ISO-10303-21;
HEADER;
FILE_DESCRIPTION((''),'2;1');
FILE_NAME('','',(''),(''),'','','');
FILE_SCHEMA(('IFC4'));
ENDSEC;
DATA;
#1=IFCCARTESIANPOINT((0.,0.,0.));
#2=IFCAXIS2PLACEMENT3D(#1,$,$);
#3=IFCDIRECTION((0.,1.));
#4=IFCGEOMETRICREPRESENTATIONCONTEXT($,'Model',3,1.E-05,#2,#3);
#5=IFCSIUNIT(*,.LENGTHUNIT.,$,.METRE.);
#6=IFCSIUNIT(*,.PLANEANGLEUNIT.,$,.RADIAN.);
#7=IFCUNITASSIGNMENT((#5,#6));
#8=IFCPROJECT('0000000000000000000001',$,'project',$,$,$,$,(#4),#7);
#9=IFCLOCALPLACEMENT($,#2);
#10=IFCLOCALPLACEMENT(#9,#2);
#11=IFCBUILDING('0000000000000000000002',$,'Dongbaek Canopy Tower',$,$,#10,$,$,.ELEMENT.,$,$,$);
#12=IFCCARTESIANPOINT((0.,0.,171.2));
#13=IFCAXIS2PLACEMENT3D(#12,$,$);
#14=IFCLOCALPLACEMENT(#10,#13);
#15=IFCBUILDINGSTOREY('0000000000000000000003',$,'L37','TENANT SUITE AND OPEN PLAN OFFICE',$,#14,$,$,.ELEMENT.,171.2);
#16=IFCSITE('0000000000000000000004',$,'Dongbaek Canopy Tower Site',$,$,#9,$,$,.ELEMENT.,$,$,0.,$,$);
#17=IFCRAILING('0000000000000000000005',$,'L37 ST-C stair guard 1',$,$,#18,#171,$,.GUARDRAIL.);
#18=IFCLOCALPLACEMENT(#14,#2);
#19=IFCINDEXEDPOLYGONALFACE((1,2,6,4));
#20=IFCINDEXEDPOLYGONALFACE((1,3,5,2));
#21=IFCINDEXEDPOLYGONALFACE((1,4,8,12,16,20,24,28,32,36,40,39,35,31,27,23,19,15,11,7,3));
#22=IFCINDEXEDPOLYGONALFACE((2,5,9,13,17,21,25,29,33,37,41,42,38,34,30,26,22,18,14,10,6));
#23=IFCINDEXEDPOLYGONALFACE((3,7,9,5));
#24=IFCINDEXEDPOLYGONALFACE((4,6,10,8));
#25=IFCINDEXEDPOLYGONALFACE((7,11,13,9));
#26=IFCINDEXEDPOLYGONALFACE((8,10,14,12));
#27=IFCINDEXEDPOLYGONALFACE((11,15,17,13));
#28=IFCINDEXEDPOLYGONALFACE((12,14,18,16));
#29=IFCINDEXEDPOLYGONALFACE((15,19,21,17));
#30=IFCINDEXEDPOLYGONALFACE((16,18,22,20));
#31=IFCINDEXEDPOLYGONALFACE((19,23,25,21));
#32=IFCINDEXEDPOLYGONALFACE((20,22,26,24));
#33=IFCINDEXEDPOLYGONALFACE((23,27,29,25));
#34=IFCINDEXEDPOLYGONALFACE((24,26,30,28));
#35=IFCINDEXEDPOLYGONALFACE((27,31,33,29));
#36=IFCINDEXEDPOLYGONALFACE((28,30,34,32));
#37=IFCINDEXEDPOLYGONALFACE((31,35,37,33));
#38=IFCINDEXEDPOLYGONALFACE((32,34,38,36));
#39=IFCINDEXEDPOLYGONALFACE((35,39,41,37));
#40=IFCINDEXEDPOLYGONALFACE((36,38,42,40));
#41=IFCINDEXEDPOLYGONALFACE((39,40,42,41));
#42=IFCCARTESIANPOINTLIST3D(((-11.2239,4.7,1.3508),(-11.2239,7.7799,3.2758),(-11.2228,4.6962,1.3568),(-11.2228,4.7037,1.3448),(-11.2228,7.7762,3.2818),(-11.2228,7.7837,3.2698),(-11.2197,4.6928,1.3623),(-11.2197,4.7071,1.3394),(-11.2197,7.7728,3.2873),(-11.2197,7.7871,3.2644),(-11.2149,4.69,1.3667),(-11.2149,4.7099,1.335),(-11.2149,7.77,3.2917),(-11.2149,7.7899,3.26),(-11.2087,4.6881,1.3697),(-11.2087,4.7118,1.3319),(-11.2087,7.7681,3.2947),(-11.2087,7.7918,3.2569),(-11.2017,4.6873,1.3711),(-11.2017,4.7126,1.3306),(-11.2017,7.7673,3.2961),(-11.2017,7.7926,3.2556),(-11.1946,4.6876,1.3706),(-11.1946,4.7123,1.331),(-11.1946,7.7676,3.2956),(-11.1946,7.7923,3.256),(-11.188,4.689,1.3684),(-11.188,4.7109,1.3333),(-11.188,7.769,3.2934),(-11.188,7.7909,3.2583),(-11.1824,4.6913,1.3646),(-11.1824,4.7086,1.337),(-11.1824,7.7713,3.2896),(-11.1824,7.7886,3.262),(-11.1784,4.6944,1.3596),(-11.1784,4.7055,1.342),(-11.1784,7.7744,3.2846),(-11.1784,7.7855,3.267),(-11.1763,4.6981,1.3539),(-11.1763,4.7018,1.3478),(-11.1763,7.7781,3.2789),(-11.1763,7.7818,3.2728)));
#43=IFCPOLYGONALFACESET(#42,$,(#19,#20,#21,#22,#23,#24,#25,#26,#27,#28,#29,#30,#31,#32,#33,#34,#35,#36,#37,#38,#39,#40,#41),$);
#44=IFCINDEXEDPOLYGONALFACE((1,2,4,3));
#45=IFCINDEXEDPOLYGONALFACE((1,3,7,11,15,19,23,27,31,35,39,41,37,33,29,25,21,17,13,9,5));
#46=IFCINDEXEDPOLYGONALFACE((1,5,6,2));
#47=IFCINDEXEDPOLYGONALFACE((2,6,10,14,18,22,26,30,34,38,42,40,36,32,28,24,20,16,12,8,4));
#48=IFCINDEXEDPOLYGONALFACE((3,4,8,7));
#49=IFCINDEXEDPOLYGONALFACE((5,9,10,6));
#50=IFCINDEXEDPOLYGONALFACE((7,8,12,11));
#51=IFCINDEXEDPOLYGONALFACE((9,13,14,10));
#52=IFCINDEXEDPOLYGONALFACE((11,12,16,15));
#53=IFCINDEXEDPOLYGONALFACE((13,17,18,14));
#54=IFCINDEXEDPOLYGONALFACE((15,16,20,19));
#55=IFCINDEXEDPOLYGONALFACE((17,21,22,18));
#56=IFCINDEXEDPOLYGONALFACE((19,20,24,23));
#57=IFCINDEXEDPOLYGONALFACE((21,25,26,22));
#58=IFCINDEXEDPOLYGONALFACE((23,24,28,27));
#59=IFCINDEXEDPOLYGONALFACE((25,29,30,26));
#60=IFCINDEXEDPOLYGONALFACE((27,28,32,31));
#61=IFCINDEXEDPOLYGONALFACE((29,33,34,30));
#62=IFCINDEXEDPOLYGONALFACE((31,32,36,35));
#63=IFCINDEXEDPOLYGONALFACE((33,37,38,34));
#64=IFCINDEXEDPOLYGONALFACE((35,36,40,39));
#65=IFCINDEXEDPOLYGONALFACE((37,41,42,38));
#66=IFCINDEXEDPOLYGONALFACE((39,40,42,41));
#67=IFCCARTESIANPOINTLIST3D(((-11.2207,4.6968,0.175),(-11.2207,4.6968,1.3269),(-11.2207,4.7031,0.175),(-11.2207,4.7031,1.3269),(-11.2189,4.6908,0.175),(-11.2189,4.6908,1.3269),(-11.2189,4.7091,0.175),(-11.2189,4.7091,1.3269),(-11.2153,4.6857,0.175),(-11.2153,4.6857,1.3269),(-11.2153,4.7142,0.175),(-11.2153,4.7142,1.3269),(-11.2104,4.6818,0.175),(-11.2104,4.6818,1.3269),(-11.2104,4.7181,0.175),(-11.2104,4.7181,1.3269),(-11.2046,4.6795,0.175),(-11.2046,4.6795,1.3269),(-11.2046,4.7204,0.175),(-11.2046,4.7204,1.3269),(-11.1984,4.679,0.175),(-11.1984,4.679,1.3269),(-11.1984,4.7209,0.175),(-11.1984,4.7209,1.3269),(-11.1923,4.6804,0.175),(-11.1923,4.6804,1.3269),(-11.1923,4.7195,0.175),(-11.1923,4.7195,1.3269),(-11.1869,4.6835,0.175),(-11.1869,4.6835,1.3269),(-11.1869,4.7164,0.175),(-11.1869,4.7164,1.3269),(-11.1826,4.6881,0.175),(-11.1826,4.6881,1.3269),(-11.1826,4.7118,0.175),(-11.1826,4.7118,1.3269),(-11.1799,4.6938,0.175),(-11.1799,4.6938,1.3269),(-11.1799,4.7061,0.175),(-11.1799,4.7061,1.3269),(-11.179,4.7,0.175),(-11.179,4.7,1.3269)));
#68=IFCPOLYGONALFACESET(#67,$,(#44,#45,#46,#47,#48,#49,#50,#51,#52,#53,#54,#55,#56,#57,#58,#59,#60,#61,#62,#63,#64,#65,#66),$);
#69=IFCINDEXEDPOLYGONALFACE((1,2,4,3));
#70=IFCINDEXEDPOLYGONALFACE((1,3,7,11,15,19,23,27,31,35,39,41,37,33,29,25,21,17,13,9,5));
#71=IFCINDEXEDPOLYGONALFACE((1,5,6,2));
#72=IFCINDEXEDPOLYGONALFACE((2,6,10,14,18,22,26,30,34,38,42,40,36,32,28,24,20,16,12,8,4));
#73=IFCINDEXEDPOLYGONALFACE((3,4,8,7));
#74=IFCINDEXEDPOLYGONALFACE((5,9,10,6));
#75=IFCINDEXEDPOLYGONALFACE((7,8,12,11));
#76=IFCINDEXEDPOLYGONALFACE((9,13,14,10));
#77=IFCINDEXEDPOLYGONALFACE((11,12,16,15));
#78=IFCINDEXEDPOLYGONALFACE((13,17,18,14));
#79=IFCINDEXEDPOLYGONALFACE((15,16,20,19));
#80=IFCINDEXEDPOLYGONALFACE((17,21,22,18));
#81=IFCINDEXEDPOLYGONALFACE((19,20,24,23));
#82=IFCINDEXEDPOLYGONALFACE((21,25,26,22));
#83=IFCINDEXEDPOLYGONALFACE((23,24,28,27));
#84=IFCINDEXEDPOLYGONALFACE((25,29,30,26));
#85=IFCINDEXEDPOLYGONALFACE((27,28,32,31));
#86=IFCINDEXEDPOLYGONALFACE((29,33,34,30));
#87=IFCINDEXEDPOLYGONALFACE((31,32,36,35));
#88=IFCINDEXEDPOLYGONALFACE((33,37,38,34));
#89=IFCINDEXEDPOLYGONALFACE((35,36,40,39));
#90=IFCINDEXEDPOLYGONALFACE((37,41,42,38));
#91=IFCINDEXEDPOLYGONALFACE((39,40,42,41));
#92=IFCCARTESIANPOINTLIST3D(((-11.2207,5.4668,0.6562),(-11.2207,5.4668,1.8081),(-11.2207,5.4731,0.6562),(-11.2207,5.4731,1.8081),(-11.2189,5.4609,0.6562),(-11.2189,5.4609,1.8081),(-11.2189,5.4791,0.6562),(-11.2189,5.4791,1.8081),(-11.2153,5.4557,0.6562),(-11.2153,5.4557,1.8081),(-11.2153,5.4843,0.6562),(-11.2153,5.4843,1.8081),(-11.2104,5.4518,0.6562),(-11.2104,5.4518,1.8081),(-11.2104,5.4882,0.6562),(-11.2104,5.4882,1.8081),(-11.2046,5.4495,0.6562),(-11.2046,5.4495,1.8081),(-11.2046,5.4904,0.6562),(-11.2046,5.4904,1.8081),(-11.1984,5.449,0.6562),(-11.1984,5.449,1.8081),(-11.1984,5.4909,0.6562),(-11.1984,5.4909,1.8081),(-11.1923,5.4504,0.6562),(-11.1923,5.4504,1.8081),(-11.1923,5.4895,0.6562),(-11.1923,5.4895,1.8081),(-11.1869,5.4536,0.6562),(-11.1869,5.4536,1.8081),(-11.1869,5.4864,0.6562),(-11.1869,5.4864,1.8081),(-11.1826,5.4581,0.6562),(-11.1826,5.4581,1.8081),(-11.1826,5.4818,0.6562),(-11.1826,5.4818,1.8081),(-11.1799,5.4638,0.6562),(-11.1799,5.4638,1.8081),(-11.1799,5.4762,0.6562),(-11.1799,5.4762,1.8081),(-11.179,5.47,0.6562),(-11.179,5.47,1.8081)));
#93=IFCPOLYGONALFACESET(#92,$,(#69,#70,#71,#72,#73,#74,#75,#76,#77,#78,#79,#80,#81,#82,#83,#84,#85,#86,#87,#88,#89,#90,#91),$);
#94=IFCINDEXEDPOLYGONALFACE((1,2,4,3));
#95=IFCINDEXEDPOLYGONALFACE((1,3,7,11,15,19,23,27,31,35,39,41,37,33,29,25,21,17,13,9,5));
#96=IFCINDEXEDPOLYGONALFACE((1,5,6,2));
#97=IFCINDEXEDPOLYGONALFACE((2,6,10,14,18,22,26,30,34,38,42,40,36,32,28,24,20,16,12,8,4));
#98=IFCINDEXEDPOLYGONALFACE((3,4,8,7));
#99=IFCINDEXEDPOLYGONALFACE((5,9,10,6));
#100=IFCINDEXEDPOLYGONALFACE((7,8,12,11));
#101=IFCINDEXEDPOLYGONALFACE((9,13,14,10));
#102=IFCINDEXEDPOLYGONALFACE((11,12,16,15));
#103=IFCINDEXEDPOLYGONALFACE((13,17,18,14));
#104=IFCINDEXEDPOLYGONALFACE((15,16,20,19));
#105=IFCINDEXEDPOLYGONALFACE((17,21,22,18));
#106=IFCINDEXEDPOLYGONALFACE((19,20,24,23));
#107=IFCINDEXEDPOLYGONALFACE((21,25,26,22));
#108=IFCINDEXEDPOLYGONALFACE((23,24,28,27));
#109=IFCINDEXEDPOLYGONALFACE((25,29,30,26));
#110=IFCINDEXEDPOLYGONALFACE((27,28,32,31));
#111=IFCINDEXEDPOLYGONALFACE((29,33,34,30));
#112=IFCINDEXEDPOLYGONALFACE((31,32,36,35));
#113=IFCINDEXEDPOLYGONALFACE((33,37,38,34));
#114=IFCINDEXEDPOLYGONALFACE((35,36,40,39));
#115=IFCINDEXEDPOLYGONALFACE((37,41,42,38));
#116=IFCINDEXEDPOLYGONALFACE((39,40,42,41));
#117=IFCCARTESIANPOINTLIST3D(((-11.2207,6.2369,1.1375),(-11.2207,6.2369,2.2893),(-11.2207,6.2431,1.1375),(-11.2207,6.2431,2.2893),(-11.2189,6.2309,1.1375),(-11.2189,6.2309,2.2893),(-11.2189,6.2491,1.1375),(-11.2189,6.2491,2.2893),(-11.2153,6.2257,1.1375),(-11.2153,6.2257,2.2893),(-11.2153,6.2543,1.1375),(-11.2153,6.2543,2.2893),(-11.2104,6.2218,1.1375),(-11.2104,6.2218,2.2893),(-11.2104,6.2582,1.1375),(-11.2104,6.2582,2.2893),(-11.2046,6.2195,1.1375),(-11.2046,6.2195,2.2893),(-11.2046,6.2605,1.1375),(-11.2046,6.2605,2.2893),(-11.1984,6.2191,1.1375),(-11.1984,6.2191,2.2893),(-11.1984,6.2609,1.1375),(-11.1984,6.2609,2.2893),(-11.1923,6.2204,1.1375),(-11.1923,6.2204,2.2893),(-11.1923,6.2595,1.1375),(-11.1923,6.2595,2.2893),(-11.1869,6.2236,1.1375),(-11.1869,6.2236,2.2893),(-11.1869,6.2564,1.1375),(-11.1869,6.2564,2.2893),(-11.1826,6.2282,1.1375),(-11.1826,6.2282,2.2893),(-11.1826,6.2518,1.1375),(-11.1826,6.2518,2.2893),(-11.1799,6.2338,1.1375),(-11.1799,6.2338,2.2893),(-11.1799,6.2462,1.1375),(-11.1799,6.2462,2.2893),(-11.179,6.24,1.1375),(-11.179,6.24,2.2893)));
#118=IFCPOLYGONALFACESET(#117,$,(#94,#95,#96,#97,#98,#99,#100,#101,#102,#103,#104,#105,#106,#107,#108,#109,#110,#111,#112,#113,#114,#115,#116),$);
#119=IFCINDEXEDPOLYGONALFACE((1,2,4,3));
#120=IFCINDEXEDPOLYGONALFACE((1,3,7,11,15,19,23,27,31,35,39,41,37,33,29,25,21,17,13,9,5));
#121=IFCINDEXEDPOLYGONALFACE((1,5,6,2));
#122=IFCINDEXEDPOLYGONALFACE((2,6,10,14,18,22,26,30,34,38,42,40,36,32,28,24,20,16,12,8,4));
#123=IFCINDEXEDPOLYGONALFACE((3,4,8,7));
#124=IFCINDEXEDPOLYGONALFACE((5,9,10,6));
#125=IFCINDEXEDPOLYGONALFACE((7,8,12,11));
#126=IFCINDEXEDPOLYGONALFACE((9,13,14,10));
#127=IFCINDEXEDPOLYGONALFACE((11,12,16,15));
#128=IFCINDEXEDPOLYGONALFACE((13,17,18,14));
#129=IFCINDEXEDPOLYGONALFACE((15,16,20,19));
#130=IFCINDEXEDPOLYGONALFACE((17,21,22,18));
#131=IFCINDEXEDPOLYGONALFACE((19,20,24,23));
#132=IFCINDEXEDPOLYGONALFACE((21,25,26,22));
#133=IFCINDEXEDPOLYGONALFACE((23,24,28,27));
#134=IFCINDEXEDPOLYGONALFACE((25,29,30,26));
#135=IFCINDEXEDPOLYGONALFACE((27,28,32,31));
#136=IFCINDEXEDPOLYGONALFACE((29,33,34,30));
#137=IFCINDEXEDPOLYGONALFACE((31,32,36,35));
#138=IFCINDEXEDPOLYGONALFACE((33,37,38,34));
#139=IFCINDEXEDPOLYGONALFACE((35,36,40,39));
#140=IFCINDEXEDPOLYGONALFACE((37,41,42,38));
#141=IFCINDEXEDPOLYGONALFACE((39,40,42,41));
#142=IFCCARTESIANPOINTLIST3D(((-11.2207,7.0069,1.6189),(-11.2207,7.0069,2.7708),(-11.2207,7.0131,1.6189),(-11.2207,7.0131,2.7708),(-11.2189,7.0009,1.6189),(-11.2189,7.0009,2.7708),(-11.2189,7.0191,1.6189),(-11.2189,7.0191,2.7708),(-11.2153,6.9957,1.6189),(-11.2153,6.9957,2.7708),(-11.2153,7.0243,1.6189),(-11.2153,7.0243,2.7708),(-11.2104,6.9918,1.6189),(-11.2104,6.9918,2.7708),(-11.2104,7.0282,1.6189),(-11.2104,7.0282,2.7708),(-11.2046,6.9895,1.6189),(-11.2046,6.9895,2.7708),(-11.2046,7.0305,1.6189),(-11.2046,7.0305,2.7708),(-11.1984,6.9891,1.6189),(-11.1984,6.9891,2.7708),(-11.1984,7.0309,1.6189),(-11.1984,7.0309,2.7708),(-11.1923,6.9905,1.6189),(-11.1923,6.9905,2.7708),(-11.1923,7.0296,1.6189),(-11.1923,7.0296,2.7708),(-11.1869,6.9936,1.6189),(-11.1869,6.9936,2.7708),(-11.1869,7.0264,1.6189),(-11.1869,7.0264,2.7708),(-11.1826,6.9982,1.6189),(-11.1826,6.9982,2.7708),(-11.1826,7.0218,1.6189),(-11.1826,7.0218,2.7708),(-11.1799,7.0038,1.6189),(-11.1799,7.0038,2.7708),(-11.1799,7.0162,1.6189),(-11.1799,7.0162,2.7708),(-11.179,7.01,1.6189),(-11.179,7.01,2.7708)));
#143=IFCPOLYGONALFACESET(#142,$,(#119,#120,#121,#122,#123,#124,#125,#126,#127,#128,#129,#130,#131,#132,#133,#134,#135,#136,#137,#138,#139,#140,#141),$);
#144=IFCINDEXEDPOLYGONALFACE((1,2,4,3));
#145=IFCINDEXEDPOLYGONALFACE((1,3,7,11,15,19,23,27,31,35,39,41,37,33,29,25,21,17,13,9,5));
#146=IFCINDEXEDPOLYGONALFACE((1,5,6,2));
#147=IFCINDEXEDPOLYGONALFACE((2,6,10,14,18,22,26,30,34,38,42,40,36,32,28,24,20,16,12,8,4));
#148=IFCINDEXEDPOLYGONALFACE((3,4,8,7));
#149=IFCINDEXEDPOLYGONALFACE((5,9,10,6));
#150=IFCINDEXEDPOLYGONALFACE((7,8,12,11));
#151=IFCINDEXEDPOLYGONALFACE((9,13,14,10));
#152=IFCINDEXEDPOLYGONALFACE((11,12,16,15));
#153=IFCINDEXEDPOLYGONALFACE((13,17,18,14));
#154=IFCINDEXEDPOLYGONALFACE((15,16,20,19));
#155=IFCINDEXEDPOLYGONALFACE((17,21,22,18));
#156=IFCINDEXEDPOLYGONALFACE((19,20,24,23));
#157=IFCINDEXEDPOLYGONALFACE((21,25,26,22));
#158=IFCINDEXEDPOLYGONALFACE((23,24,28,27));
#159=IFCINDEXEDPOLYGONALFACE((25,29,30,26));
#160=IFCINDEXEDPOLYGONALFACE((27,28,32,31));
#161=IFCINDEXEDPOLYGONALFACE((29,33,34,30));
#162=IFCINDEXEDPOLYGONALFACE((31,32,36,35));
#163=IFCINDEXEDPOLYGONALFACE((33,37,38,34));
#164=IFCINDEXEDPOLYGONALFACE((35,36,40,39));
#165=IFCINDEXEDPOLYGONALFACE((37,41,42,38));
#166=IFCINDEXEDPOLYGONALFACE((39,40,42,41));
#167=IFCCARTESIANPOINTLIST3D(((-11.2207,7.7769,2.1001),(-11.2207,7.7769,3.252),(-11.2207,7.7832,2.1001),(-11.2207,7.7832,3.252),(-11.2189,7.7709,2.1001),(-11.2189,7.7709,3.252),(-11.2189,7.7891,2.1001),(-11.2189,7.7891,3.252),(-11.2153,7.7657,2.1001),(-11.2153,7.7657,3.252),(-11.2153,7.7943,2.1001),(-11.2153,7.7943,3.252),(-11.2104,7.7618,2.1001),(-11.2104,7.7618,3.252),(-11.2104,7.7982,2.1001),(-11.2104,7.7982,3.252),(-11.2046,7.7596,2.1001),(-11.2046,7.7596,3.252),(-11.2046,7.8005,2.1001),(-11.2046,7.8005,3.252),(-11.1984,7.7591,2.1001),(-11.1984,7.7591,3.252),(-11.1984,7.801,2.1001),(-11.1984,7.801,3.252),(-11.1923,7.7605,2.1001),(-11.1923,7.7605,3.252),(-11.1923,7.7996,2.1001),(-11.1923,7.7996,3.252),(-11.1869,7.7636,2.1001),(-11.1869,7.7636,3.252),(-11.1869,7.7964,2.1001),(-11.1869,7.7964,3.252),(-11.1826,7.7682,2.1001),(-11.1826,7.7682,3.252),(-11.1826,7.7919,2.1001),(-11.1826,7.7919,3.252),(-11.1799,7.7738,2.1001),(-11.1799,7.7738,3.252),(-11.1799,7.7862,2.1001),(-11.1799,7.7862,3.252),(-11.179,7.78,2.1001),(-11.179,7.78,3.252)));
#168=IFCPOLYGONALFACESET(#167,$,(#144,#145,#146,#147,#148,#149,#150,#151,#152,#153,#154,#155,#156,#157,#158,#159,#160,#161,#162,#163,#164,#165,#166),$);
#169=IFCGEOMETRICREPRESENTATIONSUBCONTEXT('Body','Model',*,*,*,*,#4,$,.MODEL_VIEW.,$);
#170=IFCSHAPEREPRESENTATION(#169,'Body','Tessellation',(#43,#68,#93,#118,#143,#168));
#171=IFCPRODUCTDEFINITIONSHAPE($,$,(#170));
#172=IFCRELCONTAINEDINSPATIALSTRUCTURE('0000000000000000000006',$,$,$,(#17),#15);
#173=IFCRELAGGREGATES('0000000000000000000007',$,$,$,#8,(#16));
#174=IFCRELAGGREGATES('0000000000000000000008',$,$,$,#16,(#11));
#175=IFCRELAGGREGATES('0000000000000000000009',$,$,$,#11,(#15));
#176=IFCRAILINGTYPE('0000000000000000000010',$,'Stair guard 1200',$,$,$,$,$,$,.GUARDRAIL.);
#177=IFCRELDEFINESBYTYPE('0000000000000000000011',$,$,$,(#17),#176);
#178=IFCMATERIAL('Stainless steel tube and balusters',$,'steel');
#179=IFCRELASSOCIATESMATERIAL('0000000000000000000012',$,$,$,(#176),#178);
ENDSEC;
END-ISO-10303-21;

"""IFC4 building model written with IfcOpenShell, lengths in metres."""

from ifc_helpers import new_model, si_unit, direction, frame, origin, origin_2d, place, context, subcontext, project, spatial, circle, extrude, material, type_object, element, save


model = new_model("IFC4")

# Units and contexts
model_context = context("Model", 3, precision=1e-05, world=origin(), true_north=direction((0.0, 1.0)))
body_context = subcontext(model_context, "Body", "Model", "MODEL_VIEW")
ifc_project = project(units=[si_unit("LENGTHUNIT", "METRE"), si_unit("PLANEANGLEUNIT", "RADIAN")], contexts=[model_context])

# Site, building, storey
site_placement = place(None, origin())
site = spatial("IfcSite", under=ifc_project, at=site_placement, Name="Dongbaek Canopy Tower Site", CompositionType="ELEMENT", RefElevation=0.0)
building_placement = place(site_placement, origin())
building = spatial("IfcBuilding", under=site, at=building_placement, Name="Dongbaek Canopy Tower", CompositionType="ELEMENT")
storey_placement = place(building_placement, frame((0.0, 0.0, 171.2)))
storey = spatial("IfcBuildingStorey", under=building, at=storey_placement, Name="L37", Description="TENANT SUITE AND OPEN PLAN OFFICE", CompositionType="ELEMENT", Elevation=171.2)

# Railing
ifc_material_1 = material(Name="Stainless steel tube and balusters", Category="steel")
railing_type_1 = type_object("IfcRailingType", Name="Stair guard 1200", PredefinedType="GUARDRAIL", material=ifc_material_1)
railing_1_placement = place(storey_placement, frame((-11.2, 4.7, 0.175)))
element("IfcRailing", 1, at=railing_1_placement, inside=storey, type_object=railing_type_1, Name="L37 ST-C stair guard 1", PredefinedType="GUARDRAIL", context=body_context, shape_type="SweptSolid", body=[
    extrude(circle(Radius=0.0239, at=origin_2d()), frame((0.0, 0.0, 1.1758), z_axis=(0.0, 0.847998, 0.529999), x_axis=(-1.0, 0.0, 0.0)), (0.0, 0.0, 1.0), 3.6321),
    extrude(circle(Radius=0.021, at=origin_2d()), origin(), (0.0, 0.0, 1.0), 1.1519),
    extrude(circle(Radius=0.021, at=origin_2d()), frame((0.0, 0.77, 0.4812)), (0.0, 0.0, 1.0), 1.1519),
    extrude(circle(Radius=0.021, at=origin_2d()), frame((0.0, 1.54, 0.9624)), (0.0, 0.0, 1.0), 1.1519),
    extrude(circle(Radius=0.021, at=origin_2d()), frame((0.0, 2.3101, 1.4438)), (0.0, 0.0, 1.0), 1.1519),
    extrude(circle(Radius=0.021, at=origin_2d()), frame((0.0, 3.0801, 1.925)), (0.0, 0.0, 1.0), 1.1519),
])

save(model, "model.ifc")
